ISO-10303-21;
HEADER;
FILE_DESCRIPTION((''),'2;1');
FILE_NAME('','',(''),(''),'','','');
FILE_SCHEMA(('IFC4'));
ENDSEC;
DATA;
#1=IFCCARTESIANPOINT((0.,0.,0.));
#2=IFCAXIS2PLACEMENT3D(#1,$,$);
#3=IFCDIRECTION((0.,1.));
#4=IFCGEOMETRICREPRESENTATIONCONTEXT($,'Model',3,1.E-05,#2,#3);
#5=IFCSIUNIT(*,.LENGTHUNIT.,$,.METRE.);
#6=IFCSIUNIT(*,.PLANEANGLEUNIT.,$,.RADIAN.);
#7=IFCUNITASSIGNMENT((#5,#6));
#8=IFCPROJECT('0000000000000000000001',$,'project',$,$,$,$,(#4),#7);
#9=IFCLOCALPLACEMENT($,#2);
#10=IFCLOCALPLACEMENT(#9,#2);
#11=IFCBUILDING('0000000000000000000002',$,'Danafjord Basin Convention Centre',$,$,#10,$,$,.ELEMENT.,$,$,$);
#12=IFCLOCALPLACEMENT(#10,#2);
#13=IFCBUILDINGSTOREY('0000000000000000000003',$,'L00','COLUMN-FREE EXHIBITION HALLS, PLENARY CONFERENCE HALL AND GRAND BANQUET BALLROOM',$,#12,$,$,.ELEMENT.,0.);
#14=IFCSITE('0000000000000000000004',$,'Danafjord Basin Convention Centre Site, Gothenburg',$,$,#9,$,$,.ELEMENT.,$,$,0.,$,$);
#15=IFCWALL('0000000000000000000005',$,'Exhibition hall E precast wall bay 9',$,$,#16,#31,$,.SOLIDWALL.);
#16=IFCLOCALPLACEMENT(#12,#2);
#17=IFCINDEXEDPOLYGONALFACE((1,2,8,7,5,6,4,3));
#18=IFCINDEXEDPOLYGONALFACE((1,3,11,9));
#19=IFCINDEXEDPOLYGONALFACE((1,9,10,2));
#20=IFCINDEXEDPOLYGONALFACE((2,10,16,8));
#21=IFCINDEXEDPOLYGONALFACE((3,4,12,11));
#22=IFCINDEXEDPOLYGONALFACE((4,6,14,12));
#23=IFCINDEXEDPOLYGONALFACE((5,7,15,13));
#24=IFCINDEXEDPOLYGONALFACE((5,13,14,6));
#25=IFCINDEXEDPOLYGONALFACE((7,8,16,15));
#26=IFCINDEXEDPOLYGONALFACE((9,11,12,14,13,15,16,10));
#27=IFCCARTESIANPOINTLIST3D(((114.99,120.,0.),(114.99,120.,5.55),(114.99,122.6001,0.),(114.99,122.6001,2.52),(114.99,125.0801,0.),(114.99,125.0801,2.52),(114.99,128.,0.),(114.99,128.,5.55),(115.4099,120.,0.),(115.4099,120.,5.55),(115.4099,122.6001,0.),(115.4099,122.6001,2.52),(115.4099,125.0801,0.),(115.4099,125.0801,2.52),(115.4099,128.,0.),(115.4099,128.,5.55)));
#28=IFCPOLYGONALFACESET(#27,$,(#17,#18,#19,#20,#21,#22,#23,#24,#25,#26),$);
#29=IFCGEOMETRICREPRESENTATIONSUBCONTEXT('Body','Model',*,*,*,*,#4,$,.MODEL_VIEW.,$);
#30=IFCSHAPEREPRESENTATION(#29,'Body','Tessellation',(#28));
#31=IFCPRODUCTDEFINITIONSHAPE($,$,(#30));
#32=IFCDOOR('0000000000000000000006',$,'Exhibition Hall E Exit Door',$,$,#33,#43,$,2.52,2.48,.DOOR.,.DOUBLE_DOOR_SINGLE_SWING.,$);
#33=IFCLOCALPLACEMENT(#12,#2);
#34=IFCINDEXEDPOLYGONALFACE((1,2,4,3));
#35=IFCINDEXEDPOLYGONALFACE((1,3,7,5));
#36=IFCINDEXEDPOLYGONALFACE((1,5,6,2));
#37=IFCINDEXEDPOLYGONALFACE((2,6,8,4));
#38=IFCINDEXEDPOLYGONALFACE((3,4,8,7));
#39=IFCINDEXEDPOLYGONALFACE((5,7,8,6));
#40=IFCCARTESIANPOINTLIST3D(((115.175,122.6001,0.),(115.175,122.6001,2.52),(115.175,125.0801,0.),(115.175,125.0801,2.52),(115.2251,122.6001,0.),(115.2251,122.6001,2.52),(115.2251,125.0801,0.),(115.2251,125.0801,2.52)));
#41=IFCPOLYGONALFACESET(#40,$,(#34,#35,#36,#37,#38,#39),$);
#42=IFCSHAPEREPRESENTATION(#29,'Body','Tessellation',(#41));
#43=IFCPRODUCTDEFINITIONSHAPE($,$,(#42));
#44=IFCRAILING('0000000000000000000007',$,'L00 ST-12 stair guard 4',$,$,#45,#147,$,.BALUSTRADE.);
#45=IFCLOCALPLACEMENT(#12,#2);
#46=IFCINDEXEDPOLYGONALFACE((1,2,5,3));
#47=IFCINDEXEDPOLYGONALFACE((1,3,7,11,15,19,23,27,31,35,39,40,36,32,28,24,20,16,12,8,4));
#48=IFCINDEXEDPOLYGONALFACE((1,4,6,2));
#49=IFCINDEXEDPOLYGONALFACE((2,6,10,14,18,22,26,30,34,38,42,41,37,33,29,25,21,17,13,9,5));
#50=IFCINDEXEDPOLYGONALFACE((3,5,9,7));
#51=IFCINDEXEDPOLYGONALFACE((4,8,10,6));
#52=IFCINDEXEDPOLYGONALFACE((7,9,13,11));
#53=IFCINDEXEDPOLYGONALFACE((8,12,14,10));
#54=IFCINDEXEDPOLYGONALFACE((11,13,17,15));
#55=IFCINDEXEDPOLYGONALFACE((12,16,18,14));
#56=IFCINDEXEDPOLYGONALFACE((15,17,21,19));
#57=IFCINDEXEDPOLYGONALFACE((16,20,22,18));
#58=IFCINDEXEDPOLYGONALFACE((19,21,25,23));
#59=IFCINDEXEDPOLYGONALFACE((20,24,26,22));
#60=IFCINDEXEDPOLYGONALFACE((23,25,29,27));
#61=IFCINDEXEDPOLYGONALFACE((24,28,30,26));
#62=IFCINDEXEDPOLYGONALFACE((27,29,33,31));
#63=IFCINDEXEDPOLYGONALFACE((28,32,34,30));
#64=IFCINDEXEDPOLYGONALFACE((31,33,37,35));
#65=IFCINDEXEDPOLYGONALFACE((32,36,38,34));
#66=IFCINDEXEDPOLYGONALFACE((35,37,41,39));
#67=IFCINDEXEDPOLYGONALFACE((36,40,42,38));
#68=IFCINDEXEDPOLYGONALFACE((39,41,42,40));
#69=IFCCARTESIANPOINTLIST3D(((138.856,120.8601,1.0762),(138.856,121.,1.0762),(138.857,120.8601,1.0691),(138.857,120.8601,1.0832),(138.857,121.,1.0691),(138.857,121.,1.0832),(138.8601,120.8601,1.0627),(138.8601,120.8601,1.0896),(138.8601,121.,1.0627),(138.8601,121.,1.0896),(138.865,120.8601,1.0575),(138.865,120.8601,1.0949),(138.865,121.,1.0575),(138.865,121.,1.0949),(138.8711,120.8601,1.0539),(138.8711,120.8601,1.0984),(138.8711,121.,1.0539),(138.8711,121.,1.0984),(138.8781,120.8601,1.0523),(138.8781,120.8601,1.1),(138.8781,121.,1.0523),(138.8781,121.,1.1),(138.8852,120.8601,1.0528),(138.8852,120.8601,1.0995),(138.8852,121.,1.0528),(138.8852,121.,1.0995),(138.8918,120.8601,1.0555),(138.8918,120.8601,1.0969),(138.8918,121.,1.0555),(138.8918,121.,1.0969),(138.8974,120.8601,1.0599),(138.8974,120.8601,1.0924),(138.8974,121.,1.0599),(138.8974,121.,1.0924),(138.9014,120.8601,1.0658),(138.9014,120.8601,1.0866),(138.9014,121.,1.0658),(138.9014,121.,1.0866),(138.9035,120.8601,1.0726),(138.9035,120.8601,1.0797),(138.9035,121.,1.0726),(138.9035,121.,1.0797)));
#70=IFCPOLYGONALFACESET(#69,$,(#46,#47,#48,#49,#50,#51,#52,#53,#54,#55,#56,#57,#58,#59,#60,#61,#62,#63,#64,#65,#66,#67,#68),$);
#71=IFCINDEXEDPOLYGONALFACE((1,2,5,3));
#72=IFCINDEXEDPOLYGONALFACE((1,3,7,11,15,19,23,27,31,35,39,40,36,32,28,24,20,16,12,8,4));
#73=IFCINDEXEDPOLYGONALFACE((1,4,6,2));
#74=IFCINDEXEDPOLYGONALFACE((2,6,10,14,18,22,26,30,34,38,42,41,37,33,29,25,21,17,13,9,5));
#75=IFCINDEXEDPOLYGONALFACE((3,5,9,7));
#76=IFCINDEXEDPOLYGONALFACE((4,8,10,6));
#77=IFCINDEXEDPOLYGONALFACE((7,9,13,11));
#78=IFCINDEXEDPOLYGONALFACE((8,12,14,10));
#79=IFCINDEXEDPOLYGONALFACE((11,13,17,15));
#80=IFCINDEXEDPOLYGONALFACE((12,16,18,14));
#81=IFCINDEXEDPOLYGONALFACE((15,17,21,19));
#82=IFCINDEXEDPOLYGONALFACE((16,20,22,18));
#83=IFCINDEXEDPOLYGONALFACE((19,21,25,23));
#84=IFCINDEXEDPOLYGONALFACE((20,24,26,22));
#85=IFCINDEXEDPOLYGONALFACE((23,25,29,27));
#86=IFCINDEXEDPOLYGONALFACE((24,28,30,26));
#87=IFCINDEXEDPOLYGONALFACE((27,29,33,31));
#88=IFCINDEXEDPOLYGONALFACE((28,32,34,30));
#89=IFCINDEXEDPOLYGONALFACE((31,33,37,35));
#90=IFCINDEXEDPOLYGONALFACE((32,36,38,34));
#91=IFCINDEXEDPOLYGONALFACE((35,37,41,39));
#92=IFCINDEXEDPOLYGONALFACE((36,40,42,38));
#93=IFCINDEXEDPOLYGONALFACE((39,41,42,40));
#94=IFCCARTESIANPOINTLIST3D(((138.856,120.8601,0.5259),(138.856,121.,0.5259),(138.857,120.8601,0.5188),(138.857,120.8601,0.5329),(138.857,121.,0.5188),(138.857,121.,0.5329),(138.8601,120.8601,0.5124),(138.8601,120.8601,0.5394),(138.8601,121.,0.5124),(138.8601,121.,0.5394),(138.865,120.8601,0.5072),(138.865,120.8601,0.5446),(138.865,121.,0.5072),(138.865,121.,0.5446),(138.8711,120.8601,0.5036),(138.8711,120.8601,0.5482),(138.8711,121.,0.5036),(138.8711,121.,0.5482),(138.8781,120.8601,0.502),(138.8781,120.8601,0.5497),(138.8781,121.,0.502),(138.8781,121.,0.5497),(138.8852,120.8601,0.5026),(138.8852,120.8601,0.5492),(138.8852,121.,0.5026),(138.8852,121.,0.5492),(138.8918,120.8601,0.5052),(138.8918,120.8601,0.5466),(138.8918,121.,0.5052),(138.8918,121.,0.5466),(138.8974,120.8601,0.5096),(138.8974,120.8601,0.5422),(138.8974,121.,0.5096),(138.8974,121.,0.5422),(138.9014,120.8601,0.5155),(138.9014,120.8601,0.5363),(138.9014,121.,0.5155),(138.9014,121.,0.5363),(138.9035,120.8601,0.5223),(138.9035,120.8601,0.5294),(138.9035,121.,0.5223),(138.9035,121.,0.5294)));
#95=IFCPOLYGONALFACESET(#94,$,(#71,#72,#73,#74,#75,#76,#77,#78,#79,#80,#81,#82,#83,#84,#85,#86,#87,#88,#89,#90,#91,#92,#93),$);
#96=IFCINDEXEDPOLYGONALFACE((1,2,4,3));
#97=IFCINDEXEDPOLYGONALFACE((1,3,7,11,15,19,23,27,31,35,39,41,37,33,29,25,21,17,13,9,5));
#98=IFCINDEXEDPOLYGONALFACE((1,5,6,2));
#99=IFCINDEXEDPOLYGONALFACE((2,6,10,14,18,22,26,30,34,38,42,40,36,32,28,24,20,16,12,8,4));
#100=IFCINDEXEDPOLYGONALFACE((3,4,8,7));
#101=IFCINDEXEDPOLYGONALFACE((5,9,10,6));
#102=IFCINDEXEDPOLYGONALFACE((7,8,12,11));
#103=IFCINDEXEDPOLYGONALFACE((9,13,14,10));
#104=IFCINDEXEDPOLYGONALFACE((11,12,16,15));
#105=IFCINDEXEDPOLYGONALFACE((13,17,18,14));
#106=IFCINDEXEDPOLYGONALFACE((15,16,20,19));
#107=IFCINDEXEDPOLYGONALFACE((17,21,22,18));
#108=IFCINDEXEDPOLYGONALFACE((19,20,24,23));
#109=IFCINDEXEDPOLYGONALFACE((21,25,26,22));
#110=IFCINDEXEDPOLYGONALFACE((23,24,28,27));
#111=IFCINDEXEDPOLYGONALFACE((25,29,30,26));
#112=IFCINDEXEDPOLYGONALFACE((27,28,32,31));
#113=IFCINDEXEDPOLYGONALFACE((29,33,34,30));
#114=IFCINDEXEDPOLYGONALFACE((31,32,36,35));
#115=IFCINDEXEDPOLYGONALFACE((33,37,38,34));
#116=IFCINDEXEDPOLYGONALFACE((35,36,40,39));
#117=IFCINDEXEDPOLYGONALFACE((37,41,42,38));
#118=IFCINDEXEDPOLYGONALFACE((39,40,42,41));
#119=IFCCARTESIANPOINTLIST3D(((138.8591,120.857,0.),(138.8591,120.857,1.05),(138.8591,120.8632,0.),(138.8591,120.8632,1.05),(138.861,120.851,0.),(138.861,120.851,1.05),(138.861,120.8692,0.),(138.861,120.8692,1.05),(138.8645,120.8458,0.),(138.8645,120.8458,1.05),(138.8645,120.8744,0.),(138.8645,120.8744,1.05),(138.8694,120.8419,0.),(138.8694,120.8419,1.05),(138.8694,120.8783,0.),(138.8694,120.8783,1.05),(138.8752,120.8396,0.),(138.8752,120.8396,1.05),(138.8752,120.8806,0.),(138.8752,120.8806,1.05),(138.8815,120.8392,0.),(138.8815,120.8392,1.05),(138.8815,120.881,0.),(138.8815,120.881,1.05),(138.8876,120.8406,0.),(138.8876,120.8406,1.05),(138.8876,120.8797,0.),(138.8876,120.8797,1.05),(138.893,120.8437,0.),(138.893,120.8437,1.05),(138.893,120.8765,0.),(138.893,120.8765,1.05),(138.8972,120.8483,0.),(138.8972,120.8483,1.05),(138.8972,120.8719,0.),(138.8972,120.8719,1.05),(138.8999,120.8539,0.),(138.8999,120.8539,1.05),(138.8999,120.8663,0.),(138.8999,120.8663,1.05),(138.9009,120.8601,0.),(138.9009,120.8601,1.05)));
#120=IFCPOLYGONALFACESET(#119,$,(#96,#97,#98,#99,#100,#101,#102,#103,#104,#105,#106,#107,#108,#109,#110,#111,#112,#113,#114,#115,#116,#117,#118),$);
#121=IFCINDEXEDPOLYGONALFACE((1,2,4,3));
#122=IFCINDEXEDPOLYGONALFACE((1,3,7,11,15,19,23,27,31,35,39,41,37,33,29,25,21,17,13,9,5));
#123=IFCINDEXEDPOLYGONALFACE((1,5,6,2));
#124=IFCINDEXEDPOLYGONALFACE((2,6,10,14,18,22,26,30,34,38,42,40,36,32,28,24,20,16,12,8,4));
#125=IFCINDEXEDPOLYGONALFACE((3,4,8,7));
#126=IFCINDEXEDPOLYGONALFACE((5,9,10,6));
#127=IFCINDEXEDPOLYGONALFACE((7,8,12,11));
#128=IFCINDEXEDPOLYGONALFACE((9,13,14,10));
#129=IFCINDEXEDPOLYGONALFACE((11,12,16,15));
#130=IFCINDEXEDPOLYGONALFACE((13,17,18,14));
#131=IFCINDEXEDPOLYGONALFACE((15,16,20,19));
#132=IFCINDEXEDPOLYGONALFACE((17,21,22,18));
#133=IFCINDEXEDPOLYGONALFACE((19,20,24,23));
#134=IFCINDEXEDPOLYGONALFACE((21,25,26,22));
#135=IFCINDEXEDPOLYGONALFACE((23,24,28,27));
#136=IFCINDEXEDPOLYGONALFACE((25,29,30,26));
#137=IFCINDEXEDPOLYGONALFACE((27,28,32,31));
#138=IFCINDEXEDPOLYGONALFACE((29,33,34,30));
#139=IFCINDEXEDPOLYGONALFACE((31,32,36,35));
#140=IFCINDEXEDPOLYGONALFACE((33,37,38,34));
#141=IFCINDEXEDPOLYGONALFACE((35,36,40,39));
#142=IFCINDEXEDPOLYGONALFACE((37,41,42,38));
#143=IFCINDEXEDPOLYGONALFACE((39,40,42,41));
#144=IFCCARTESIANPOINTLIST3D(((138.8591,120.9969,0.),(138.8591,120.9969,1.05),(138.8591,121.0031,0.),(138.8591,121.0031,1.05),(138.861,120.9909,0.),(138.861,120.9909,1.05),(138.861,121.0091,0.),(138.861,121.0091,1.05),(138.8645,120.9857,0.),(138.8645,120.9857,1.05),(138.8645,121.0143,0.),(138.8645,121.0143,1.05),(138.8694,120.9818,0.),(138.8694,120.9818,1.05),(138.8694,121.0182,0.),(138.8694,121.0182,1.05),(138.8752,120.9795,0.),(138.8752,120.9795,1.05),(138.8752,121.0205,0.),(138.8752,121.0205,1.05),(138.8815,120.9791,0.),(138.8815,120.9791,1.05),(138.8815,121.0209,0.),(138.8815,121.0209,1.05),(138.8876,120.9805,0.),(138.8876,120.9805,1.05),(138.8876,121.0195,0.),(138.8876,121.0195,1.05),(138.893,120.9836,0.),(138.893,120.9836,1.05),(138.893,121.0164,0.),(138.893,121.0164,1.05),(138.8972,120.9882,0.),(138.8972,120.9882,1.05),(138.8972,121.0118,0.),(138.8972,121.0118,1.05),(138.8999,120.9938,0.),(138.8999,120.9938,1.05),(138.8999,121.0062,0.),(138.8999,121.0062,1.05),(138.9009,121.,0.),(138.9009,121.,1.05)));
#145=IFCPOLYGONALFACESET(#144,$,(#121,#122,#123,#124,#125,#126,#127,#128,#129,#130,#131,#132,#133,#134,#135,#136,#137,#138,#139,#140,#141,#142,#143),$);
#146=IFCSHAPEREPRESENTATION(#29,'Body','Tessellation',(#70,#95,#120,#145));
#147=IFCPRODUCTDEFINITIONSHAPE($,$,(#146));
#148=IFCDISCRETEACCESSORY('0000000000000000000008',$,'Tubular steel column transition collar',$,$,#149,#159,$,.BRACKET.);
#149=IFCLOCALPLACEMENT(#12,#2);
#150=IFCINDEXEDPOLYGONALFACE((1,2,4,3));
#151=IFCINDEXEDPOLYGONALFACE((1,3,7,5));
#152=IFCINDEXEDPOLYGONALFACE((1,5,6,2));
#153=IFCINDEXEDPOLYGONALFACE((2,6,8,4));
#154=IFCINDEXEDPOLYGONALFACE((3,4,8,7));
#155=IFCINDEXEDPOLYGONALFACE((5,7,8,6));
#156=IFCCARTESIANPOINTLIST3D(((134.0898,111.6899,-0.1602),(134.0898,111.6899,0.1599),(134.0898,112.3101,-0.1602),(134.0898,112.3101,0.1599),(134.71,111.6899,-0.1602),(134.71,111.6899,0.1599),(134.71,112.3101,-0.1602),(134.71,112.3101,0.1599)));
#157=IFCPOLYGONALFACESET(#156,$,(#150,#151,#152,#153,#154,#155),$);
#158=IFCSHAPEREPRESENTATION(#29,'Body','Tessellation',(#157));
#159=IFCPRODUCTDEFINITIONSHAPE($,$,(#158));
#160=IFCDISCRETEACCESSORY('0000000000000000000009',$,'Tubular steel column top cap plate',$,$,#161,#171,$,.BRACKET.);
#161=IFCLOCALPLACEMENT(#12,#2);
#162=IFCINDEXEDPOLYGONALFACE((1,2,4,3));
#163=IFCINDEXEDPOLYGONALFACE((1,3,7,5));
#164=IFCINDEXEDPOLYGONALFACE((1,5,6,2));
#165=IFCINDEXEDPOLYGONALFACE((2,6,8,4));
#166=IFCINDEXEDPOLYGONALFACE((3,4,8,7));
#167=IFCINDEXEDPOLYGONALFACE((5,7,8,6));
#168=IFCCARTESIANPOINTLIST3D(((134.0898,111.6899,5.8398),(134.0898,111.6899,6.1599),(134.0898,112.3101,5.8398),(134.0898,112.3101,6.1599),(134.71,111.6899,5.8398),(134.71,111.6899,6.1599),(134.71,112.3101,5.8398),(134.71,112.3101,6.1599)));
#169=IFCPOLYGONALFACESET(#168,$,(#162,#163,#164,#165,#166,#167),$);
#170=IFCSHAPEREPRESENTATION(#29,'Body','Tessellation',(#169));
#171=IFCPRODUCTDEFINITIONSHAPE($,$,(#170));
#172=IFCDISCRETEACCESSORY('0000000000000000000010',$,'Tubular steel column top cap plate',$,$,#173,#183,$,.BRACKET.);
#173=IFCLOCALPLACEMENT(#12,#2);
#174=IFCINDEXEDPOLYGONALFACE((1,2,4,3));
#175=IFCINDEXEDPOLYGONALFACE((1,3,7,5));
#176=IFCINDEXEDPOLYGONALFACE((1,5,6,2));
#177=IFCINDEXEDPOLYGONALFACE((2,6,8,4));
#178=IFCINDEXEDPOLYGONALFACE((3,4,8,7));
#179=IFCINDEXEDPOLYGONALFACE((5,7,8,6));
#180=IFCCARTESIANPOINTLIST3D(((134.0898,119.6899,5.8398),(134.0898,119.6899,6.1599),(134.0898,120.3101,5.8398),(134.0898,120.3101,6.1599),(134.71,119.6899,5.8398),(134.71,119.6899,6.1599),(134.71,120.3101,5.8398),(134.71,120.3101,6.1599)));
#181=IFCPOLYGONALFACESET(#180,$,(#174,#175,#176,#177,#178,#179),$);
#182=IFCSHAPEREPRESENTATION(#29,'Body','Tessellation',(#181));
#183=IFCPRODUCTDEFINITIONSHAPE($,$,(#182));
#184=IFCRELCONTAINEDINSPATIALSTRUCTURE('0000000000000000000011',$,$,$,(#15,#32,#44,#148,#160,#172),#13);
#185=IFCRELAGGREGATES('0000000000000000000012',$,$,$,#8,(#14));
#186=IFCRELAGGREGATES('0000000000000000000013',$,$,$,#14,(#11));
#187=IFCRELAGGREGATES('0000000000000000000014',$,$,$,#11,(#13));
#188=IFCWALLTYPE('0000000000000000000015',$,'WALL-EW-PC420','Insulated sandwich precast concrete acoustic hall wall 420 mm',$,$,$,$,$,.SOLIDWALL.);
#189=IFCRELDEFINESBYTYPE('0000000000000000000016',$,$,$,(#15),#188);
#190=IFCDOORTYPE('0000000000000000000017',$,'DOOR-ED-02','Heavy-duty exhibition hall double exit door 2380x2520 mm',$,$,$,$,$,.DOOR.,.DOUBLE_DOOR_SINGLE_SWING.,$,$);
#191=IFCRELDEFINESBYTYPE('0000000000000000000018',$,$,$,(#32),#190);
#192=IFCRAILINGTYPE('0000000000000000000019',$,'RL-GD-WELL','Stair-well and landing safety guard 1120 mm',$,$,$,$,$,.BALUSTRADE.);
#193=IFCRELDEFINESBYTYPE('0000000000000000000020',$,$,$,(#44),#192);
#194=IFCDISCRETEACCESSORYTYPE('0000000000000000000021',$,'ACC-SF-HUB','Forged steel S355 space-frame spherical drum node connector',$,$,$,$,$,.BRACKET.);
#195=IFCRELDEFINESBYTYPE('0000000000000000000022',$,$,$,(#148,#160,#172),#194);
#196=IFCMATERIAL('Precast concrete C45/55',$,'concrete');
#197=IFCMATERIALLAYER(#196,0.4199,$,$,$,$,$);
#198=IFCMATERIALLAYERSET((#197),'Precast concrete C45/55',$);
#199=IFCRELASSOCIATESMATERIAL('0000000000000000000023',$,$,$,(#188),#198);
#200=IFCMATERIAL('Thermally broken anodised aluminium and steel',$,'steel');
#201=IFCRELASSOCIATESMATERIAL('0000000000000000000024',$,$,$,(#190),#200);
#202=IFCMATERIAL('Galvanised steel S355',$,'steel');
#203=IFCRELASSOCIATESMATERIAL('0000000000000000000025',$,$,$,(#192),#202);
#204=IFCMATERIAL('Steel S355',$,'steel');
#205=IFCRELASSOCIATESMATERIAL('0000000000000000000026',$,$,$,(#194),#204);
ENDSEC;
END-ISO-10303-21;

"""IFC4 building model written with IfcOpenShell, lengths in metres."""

from ifc_helpers import new_model, si_unit, direction, frame, frame_2d, origin, origin_2d, place, context, subcontext, project, spatial, rectangle, circle, extrude, material, layer, layer_set, type_object, element, fill, save


model = new_model("IFC4")

# Units and contexts
model_context = context("Model", 3, precision=1e-05, world=origin(), true_north=direction((0.0, 1.0)))
body_context = subcontext(model_context, "Body", "Model", "MODEL_VIEW")
ifc_project = project(units=[si_unit("LENGTHUNIT", "METRE"), si_unit("PLANEANGLEUNIT", "RADIAN")], contexts=[model_context])

# Site, building, storey
site_placement = place(None, origin())
site = spatial("IfcSite", under=ifc_project, at=site_placement, Name="Danafjord Basin Convention Centre Site, Gothenburg", CompositionType="ELEMENT", RefElevation=0.0)
building_placement = place(site_placement, origin())
building = spatial("IfcBuilding", under=site, at=building_placement, Name="Danafjord Basin Convention Centre", CompositionType="ELEMENT")
storey_placement = place(building_placement, origin())
storey = spatial("IfcBuildingStorey", under=building, at=storey_placement, Name="L00", Description="COLUMN-FREE EXHIBITION HALLS, PLENARY CONFERENCE HALL AND GRAND BANQUET BALLROOM", CompositionType="ELEMENT", Elevation=0.0)

# Shared definitions
ifc_material_1 = material(Name="Steel S355", Category="steel")

# Shared definitions
ifc_material_2 = material(Name="Precast concrete C45/55", Category="concrete")
ifc_layer_1 = layer(ifc_material_2, 0.4199)
ifc_layer_set_1 = layer_set([ifc_layer_1], Name="Precast concrete C45/55")
wall_type_1 = type_object("IfcWallType", Name="WALL-EW-PC420", Description="Insulated sandwich precast concrete acoustic hall wall 420 mm", PredefinedType="SOLIDWALL", material=ifc_layer_set_1)

# Wall, opening, door
wall_1_placement = place(storey_placement, frame((115.2, 120.0, 0.0), z_axis=(0.0, 0.0, 1.0), x_axis=(0.0, 1.0, 0.0)))
wall_1 = element("IfcWall", 1, at=wall_1_placement, inside=storey, type_object=wall_type_1, Name="Exhibition hall E precast wall bay 9", PredefinedType="SOLIDWALL", context=body_context, shape_type="SweptSolid", body=[
    extrude(rectangle(XDim=8.0, YDim=0.4199, at=frame_2d((4.0, 0.0))), origin(), (0.0, 0.0, 1.0), 5.55),
])
opening_placement = place(wall_1_placement, frame((2.6001, 0.0, 0.0)))
opening = element("IfcOpeningElement", 2, at=opening_placement, cuts=wall_1, PredefinedType="OPENING", context=body_context, shape_type="SweptSolid", body=[
    extrude(rectangle(XDim=2.48, YDim=2.52, at=frame_2d((1.24, 1.26))), frame((0.0, 0.22, 0.0), z_axis=(0.0, -1.0, 0.0), x_axis=(1.0, 0.0, 0.0)), (0.0, 0.0, 1.0), 0.4399),
])
ifc_material_3 = material(Name="Thermally broken anodised aluminium and steel", Category="steel")
door_type = type_object("IfcDoorType", Name="DOOR-ED-02", Description="Heavy-duty exhibition hall double exit door 2380x2520 mm", OperationType="DOUBLE_DOOR_SINGLE_SWING", PredefinedType="DOOR", material=ifc_material_3)
door_placement = place(opening_placement, origin())
door = element("IfcDoor", 3, at=door_placement, inside=storey, type_object=door_type, Name="Exhibition Hall E Exit Door", OperationType="DOUBLE_DOOR_SINGLE_SWING", OverallHeight=2.52, OverallWidth=2.48, PredefinedType="DOOR", context=body_context, shape_type="SweptSolid", body=[
    extrude(rectangle(XDim=2.48, YDim=2.52, at=frame_2d((1.24, 1.26))), frame((0.0, 0.0249, 0.0), z_axis=(0.0, -1.0, 0.0), x_axis=(1.0, 0.0, 0.0)), (0.0, 0.0, 1.0), 0.05),
])
fill(opening, door)

# Railing
ifc_material_4 = material(Name="Galvanised steel S355", Category="steel")
railing_type = type_object("IfcRailingType", Name="RL-GD-WELL", Description="Stair-well and landing safety guard 1120 mm", PredefinedType="BALUSTRADE", material=ifc_material_4)
railing_placement = place(storey_placement, frame((138.8799, 120.8601, 0.0)))
element("IfcRailing", 4, at=railing_placement, inside=storey, type_object=railing_type, Name="L00 ST-12 stair guard 4", PredefinedType="BALUSTRADE", context=body_context, shape_type="SweptSolid", body=[
    extrude(circle(Radius=0.0239, at=origin_2d()), frame((0.0, 0.0, 1.0762), z_axis=(0.0, 1.0, 0.0), x_axis=(-1.0, 0.0, 0.0)), (0.0, 0.0, 1.0), 0.1399),
    extrude(circle(Radius=0.0239, at=origin_2d()), frame((0.0, 0.0, 0.5259), z_axis=(0.0, 1.0, 0.0), x_axis=(-1.0, 0.0, 0.0)), (0.0, 0.0, 1.0), 0.1399),
    extrude(circle(Radius=0.021, at=origin_2d()), origin(), (0.0, 0.0, 1.0), 1.05),
    extrude(circle(Radius=0.021, at=origin_2d()), frame((0.0, 0.1399, 0.0)), (0.0, 0.0, 1.0), 1.05),
])

# Discrete accessories
discrete_accessory_type = type_object("IfcDiscreteAccessoryType", Name="ACC-SF-HUB", Description="Forged steel S355 space-frame spherical drum node connector", PredefinedType="BRACKET", material=ifc_material_1)
for number, where, z_axis, x_axis, name in (
    (5, (134.3999, 112.0, -0.1602), (0.0, 0.0, 1.0), (1.0, 0.0, 0.0), "Tubular steel column transition collar"),
    (6, (134.3999, 112.0, 5.8398), (0.0, 0.0, 1.0), (1.0, 0.0, 0.0), "Tubular steel column top cap plate"),
    (7, (134.3999, 120.0, 5.8398), (0.0, 0.0, 1.0), (1.0, 0.0, 0.0), "Tubular steel column top cap plate"),
):
    element("IfcDiscreteAccessory", number, at=place(storey_placement, frame(where, z_axis=z_axis, x_axis=x_axis)), inside=storey, type_object=discrete_accessory_type, Name=name, PredefinedType="BRACKET", context=body_context, shape_type="SweptSolid", body=[
        extrude(rectangle(XDim=0.6201, YDim=0.6201, at=origin_2d()), origin(), (0.0, 0.0, 1.0), 0.3201),
    ])

save(model, "model.ifc")
